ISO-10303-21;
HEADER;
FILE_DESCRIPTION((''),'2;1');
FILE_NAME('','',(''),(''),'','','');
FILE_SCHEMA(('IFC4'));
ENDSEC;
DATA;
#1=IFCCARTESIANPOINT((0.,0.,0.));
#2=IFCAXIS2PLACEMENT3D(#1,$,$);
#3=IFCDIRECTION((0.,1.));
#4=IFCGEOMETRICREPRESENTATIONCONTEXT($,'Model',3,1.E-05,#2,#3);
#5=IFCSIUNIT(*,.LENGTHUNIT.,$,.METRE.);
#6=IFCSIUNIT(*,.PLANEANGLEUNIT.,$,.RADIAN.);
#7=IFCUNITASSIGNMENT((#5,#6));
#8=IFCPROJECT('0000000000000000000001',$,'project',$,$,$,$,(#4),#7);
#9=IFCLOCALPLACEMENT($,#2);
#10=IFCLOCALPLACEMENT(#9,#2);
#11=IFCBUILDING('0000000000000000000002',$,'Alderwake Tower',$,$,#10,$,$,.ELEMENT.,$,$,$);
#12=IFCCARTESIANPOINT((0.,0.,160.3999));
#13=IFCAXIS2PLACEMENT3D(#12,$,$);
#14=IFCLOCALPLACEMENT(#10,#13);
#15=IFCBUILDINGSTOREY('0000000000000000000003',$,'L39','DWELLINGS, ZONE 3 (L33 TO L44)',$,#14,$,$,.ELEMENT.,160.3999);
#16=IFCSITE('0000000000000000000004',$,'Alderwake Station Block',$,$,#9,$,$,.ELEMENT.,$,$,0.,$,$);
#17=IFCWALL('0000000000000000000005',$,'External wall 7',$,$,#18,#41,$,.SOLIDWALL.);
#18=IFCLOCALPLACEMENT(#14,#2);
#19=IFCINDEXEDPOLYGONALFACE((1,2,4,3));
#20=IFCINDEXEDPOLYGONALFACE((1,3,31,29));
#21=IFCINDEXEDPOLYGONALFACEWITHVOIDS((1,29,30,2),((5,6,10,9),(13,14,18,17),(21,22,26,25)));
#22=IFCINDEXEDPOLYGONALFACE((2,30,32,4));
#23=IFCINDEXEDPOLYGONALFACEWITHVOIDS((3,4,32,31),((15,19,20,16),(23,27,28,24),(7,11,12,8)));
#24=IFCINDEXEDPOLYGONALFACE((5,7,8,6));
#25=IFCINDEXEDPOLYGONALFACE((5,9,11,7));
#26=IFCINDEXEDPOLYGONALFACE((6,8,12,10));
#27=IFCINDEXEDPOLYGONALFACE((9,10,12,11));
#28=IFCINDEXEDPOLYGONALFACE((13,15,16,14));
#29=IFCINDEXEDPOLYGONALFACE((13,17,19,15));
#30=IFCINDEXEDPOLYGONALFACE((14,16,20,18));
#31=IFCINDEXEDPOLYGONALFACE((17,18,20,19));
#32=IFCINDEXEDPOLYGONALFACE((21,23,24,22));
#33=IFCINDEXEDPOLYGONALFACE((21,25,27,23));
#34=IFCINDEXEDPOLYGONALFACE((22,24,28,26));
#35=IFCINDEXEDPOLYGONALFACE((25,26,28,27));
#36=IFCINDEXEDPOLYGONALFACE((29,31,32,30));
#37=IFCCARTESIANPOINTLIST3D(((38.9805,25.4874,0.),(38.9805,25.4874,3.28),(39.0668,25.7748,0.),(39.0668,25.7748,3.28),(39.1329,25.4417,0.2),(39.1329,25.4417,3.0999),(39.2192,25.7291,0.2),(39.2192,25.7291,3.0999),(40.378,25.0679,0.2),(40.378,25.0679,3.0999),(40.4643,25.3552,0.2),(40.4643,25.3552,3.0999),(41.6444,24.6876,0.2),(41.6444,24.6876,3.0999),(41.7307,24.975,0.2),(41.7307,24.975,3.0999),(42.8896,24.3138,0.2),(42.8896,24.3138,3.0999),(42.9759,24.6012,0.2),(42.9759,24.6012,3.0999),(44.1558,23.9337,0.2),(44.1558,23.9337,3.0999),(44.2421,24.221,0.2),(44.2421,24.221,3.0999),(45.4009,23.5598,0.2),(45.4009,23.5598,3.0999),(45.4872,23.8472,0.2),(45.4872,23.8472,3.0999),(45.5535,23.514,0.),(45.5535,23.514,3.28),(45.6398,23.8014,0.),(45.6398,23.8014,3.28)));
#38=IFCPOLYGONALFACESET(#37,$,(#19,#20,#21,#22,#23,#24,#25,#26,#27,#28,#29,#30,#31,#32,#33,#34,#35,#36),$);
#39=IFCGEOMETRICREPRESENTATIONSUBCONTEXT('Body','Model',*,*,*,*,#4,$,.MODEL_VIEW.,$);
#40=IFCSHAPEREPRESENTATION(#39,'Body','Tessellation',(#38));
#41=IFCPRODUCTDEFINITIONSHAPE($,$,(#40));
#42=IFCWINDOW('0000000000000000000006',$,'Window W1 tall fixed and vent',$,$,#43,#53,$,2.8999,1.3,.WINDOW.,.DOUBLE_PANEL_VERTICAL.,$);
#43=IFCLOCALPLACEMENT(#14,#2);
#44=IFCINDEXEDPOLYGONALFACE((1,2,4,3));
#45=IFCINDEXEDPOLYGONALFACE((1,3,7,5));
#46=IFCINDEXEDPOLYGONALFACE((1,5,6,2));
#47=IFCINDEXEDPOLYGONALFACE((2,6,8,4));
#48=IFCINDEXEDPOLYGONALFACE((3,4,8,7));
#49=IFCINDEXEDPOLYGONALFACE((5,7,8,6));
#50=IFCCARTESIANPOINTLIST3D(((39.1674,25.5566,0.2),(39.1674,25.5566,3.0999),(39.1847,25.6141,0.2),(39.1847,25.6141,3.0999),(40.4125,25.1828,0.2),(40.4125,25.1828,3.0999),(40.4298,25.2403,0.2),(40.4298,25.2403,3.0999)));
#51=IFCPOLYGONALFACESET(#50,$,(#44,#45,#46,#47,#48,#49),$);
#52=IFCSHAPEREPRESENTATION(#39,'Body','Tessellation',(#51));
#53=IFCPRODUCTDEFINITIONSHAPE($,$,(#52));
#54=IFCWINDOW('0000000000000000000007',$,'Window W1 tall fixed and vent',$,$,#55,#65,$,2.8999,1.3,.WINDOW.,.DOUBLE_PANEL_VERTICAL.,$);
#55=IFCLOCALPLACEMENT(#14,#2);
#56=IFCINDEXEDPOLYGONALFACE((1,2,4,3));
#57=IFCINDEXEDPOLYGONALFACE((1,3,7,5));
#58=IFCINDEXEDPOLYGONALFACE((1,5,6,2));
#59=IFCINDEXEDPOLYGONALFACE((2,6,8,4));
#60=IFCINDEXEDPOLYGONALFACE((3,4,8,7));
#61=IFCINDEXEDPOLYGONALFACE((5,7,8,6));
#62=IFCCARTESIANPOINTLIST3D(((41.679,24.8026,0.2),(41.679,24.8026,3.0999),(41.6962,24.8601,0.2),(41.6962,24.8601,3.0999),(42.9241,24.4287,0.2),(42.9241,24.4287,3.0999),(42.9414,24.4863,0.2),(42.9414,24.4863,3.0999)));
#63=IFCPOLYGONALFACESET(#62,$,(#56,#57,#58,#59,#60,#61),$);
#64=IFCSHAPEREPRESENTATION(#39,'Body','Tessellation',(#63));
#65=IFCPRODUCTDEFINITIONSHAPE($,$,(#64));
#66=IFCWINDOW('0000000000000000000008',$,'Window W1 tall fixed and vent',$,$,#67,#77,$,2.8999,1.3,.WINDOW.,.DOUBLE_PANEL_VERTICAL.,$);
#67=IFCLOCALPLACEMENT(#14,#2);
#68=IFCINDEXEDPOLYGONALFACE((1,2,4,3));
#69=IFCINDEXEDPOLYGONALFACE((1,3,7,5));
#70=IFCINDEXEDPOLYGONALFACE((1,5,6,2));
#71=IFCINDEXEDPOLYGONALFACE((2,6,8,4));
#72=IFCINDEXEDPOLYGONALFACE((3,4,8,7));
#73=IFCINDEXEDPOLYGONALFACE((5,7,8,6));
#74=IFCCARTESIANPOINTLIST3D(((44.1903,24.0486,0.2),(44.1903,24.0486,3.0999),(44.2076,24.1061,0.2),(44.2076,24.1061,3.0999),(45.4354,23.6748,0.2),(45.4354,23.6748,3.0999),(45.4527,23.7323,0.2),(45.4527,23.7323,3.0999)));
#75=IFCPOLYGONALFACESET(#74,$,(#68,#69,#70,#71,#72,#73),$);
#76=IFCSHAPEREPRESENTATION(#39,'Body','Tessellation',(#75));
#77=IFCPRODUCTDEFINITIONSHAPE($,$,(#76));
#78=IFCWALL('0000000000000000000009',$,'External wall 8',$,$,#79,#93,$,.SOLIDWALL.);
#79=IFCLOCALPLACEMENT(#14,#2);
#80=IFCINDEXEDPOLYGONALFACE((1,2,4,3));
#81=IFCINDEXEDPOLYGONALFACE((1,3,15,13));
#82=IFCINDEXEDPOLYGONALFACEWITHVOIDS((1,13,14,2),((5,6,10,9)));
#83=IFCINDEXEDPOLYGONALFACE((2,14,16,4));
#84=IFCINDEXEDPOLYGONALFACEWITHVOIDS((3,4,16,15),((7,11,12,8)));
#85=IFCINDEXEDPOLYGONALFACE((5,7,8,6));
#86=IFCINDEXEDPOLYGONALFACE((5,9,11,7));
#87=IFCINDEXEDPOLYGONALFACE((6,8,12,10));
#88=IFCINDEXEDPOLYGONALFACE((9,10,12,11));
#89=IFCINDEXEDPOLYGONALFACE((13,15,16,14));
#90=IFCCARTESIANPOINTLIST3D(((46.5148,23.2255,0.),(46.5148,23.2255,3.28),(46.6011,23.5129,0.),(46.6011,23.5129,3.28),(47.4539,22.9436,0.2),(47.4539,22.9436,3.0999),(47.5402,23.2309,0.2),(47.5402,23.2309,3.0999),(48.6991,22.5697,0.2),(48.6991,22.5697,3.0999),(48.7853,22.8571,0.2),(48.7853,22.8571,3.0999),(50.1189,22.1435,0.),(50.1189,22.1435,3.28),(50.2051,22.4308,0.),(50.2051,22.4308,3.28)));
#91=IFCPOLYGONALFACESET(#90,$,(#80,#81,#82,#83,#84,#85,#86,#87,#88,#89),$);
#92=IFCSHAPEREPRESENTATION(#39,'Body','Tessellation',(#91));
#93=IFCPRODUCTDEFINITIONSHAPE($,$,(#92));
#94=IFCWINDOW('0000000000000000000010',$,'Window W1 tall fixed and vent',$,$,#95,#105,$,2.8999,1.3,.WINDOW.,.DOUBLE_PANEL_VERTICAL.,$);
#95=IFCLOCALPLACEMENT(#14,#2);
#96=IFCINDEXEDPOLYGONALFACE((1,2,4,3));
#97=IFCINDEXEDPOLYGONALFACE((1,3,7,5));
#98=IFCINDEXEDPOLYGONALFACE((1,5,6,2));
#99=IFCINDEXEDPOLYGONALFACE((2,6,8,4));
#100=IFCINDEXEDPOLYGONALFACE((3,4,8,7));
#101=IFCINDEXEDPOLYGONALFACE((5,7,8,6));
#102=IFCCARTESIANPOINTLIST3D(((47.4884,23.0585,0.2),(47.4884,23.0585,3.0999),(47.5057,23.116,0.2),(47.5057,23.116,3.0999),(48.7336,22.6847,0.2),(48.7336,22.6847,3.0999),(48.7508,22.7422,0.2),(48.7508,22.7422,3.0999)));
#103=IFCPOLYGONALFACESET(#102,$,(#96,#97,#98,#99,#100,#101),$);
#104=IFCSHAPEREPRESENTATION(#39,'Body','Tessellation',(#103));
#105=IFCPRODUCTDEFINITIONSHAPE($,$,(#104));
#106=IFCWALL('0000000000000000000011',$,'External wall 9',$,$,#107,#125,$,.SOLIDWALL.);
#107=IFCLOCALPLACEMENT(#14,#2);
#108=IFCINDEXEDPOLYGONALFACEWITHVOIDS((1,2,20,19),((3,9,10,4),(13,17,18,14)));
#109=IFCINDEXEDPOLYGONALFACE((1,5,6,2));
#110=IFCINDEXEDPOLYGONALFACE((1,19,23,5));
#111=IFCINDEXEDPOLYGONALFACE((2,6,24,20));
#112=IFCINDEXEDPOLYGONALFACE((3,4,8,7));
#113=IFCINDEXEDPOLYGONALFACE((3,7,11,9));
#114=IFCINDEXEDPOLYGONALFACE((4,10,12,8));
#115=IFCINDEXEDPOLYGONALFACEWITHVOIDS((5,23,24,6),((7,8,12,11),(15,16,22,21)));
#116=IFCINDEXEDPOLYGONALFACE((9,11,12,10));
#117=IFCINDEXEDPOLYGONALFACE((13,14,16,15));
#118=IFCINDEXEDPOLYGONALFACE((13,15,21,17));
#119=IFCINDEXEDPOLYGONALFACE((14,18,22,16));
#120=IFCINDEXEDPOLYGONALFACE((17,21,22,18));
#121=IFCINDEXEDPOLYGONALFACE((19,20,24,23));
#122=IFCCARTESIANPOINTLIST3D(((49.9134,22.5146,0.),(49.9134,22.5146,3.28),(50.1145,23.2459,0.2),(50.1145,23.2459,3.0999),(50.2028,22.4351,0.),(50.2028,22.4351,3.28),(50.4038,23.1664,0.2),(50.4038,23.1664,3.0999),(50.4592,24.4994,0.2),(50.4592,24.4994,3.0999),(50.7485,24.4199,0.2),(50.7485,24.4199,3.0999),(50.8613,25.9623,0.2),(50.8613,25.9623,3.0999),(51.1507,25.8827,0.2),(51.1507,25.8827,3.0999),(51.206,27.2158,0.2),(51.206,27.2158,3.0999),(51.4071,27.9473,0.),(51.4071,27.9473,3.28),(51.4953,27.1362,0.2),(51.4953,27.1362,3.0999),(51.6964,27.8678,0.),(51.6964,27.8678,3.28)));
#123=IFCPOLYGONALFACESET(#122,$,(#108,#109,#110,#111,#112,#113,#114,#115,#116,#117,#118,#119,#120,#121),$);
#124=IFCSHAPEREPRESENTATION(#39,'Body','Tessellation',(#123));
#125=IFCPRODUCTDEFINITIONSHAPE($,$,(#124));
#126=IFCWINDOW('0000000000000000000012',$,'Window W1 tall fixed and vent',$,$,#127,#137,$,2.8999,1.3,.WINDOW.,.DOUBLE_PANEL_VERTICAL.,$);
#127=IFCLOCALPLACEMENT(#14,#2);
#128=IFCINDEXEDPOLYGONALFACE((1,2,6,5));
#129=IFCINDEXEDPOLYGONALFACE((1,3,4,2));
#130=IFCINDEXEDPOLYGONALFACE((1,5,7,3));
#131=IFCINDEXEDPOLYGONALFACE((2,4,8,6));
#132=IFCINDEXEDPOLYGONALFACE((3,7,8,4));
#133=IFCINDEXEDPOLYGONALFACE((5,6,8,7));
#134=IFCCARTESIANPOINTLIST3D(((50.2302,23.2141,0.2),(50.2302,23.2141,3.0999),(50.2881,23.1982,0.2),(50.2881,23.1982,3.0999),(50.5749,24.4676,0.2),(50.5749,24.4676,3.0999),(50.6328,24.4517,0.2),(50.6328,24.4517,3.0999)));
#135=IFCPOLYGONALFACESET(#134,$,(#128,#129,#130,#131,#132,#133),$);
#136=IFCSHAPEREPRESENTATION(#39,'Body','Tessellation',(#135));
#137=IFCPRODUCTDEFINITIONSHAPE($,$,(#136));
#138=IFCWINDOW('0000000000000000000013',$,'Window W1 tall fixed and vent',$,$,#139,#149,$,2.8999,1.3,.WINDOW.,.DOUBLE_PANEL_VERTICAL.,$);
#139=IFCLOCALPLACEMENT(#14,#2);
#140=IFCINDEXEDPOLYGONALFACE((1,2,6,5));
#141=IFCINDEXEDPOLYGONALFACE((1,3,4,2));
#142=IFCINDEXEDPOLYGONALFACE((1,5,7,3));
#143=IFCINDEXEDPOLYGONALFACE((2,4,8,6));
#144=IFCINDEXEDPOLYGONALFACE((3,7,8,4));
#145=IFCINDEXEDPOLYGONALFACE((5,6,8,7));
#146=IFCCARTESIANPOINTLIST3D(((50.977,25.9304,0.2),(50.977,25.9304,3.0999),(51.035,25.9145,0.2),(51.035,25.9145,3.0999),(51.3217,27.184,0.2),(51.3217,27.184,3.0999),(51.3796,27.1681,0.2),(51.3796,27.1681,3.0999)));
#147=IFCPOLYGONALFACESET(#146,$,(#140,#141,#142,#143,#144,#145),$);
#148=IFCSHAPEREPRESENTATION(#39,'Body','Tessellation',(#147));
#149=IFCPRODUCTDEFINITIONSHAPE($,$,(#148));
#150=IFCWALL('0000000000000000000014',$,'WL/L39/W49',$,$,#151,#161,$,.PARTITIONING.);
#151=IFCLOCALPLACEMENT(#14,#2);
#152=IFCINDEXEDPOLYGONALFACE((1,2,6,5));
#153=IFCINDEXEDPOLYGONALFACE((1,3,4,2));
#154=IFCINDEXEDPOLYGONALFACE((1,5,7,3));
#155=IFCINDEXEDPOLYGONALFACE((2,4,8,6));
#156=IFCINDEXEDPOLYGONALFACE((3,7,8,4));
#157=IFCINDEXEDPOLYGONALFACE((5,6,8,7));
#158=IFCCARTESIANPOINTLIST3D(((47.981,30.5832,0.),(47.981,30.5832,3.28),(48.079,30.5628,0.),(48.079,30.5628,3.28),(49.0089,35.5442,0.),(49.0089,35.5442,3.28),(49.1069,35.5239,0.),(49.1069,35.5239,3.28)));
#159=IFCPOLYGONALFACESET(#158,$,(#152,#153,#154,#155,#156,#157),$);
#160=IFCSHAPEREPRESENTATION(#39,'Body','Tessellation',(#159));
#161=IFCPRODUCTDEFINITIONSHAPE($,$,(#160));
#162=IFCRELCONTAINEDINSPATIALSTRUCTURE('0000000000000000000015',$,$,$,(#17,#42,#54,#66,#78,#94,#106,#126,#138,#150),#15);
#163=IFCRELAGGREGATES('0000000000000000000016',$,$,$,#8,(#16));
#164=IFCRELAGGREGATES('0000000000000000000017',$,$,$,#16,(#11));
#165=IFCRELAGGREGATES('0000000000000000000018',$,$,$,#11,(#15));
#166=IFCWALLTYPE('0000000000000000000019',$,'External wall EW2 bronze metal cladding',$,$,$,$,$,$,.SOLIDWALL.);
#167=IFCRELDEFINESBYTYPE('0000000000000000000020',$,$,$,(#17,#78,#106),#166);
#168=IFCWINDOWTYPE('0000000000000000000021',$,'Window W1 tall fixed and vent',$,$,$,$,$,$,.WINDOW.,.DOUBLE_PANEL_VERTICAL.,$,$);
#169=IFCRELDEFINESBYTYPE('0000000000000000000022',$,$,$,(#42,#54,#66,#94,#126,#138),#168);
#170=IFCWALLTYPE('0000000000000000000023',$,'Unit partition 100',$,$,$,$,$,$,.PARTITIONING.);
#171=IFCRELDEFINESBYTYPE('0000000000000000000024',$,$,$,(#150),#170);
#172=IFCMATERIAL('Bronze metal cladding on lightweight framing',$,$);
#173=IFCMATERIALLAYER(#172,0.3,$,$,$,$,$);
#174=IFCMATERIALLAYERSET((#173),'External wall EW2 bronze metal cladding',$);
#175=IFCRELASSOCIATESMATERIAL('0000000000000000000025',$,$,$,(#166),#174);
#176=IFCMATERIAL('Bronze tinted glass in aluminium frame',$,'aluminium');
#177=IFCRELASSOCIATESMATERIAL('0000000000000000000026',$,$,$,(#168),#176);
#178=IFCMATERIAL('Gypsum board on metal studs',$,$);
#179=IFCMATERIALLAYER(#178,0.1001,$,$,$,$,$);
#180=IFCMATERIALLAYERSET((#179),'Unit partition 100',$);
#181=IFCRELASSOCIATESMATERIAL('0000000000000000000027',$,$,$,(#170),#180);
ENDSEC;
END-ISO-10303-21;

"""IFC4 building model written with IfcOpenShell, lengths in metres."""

from ifc_helpers import new_model, si_unit, direction, frame, frame_2d, origin, place, context, subcontext, project, spatial, rectangle, extrude, material, layer, layer_set, type_object, element, fill, save


model = new_model("IFC4")

# Units and contexts
model_context = context("Model", 3, precision=1e-05, world=origin(), true_north=direction((0.0, 1.0)))
body_context = subcontext(model_context, "Body", "Model", "MODEL_VIEW")
ifc_project = project(units=[si_unit("LENGTHUNIT", "METRE"), si_unit("PLANEANGLEUNIT", "RADIAN")], contexts=[model_context])

# Site, building, storey
site_placement = place(None, origin())
site = spatial("IfcSite", under=ifc_project, at=site_placement, Name="Alderwake Station Block", CompositionType="ELEMENT", RefElevation=0.0)
building_placement = place(site_placement, origin())
building = spatial("IfcBuilding", under=site, at=building_placement, Name="Alderwake Tower", CompositionType="ELEMENT")
storey_placement = place(building_placement, frame((0.0, 0.0, 160.3999)))
storey = spatial("IfcBuildingStorey", under=building, at=storey_placement, Name="L39", Description="DWELLINGS, ZONE 3 (L33 TO L44)", CompositionType="ELEMENT", Elevation=160.3999)

# Wall, openings, windows
ifc_material_1 = material(Name="Bronze metal cladding on lightweight framing")
ifc_layer_1 = layer(ifc_material_1, 0.3)
ifc_layer_set_1 = layer_set([ifc_layer_1], Name="External wall EW2 bronze metal cladding")
wall_type_1 = type_object("IfcWallType", Name="External wall EW2 bronze metal cladding", PredefinedType="SOLIDWALL", material=ifc_layer_set_1)
wall_1_placement = place(storey_placement, frame((39.0237, 25.6311, 0.0), z_axis=(0.0, 0.0, 1.0), x_axis=(0.957767, -0.287547, 0.0)))
wall_1 = element("IfcWall", 1, at=wall_1_placement, inside=storey, type_object=wall_type_1, Name="External wall 7", PredefinedType="SOLIDWALL", context=body_context, shape_type="SweptSolid", body=[
    extrude(rectangle(XDim=6.8628, YDim=0.3, at=frame_2d((3.4314, 0.0))), origin(), (0.0, 0.0, 1.0), 3.28),
])
opening_1_placement = place(wall_1_placement, frame((0.1592, 0.0, 0.2)))
opening_1 = element("IfcOpeningElement", 2, at=opening_1_placement, cuts=wall_1, PredefinedType="OPENING", context=body_context, shape_type="SweptSolid", body=[
    extrude(rectangle(XDim=1.3, YDim=2.8999, at=frame_2d((0.6499, 1.45))), frame((0.0, 0.1599, 0.0), z_axis=(0.0, -1.0, 0.0), x_axis=(1.0, 0.0, 0.0)), (0.0, 0.0, 1.0), 0.3201),
])
opening_2_placement = place(wall_1_placement, frame((2.7815, 0.0, 0.2)))
opening_2 = element("IfcOpeningElement", 3, at=opening_2_placement, cuts=wall_1, PredefinedType="OPENING", context=body_context, shape_type="SweptSolid", body=[
    extrude(rectangle(XDim=1.3, YDim=2.8999, at=frame_2d((0.6499, 1.45))), frame((0.0, 0.1599, 0.0), z_axis=(0.0, -1.0, 0.0), x_axis=(1.0, 0.0, 0.0)), (0.0, 0.0, 1.0), 0.3201),
])
opening_3_placement = place(wall_1_placement, frame((5.4036, 0.0, 0.2)))
opening_3 = element("IfcOpeningElement", 4, at=opening_3_placement, cuts=wall_1, PredefinedType="OPENING", context=body_context, shape_type="SweptSolid", body=[
    extrude(rectangle(XDim=1.3, YDim=2.8999, at=frame_2d((0.6499, 1.45))), frame((0.0, 0.1599, 0.0), z_axis=(0.0, -1.0, 0.0), x_axis=(1.0, 0.0, 0.0)), (0.0, 0.0, 1.0), 0.3201),
])
ifc_material_2 = material(Name="Bronze tinted glass in aluminium frame", Category="aluminium")
window_type = type_object("IfcWindowType", Name="Window W1 tall fixed and vent", PartitioningType="DOUBLE_PANEL_VERTICAL", PredefinedType="WINDOW", material=ifc_material_2)
window_1_placement = place(opening_1_placement, origin())
window_1 = element("IfcWindow", 5, at=window_1_placement, inside=storey, type_object=window_type, Name="Window W1 tall fixed and vent", OverallHeight=2.8999, OverallWidth=1.3, PartitioningType="DOUBLE_PANEL_VERTICAL", PredefinedType="WINDOW", context=body_context, shape_type="SweptSolid", body=[
    extrude(rectangle(XDim=1.3, YDim=2.8999, at=frame_2d((0.6499, 1.45))), frame((0.0, 0.03, 0.0), z_axis=(0.0, -1.0, 0.0), x_axis=(1.0, 0.0, 0.0)), (0.0, 0.0, 1.0), 0.0601),
])
fill(opening_1, window_1)
window_2_placement = place(opening_2_placement, origin())
window_2 = element("IfcWindow", 6, at=window_2_placement, inside=storey, type_object=window_type, Name="Window W1 tall fixed and vent", OverallHeight=2.8999, OverallWidth=1.3, PartitioningType="DOUBLE_PANEL_VERTICAL", PredefinedType="WINDOW", context=body_context, shape_type="SweptSolid", body=[
    extrude(rectangle(XDim=1.3, YDim=2.8999, at=frame_2d((0.6499, 1.45))), frame((0.0, 0.03, 0.0), z_axis=(0.0, -1.0, 0.0), x_axis=(1.0, 0.0, 0.0)), (0.0, 0.0, 1.0), 0.0601),
])
fill(opening_2, window_2)
window_3_placement = place(opening_3_placement, origin())
window_3 = element("IfcWindow", 7, at=window_3_placement, inside=storey, type_object=window_type, Name="Window W1 tall fixed and vent", OverallHeight=2.8999, OverallWidth=1.3, PartitioningType="DOUBLE_PANEL_VERTICAL", PredefinedType="WINDOW", context=body_context, shape_type="SweptSolid", body=[
    extrude(rectangle(XDim=1.3, YDim=2.8999, at=frame_2d((0.6499, 1.45))), frame((0.0, 0.03, 0.0), z_axis=(0.0, -1.0, 0.0), x_axis=(1.0, 0.0, 0.0)), (0.0, 0.0, 1.0), 0.0601),
])
fill(opening_3, window_3)

# Wall, opening, window
wall_2_placement = place(storey_placement, frame((46.5581, 23.3691, 0.0), z_axis=(0.0, 0.0, 1.0), x_axis=(0.957766, -0.28755, 0.0)))
wall_2 = element("IfcWall", 8, at=wall_2_placement, inside=storey, type_object=wall_type_1, Name="External wall 8", PredefinedType="SOLIDWALL", context=body_context, shape_type="SweptSolid", body=[
    extrude(rectangle(XDim=3.7629, YDim=0.3, at=frame_2d((1.8813, 0.0))), origin(), (0.0, 0.0, 1.0), 3.28),
])
opening_4_placement = place(wall_2_placement, frame((0.9805, 0.0, 0.2)))
opening_4 = element("IfcOpeningElement", 9, at=opening_4_placement, cuts=wall_2, PredefinedType="OPENING", context=body_context, shape_type="SweptSolid", body=[
    extrude(rectangle(XDim=1.3, YDim=2.8999, at=frame_2d((0.6499, 1.45))), frame((0.0, 0.1599, 0.0), z_axis=(0.0, -1.0, 0.0), x_axis=(1.0, 0.0, 0.0)), (0.0, 0.0, 1.0), 0.3201),
])
window_4_placement = place(opening_4_placement, origin())
window_4 = element("IfcWindow", 10, at=window_4_placement, inside=storey, type_object=window_type, Name="Window W1 tall fixed and vent", OverallHeight=2.8999, OverallWidth=1.3, PartitioningType="DOUBLE_PANEL_VERTICAL", PredefinedType="WINDOW", context=body_context, shape_type="SweptSolid", body=[
    extrude(rectangle(XDim=1.3, YDim=2.8999, at=frame_2d((0.6499, 1.45))), frame((0.0, 0.03, 0.0), z_axis=(0.0, -1.0, 0.0), x_axis=(1.0, 0.0, 0.0)), (0.0, 0.0, 1.0), 0.0601),
])
fill(opening_4, window_4)

# Wall, openings, windows
wall_3_placement = place(storey_placement, frame((50.0581, 22.4749, 0.0), z_axis=(0.0, 0.0, 1.0), x_axis=(0.265104, 0.96422, 0.0)))
wall_3 = element("IfcWall", 11, at=wall_3_placement, inside=storey, type_object=wall_type_1, Name="External wall 9", PredefinedType="SOLIDWALL", context=body_context, shape_type="SweptSolid", body=[
    extrude(rectangle(XDim=5.6343, YDim=0.3, at=frame_2d((2.8171, 0.0))), origin(), (0.0, 0.0, 1.0), 3.28),
])
opening_5_placement = place(wall_3_placement, frame((0.7585, 0.0, 0.2)))
opening_5 = element("IfcOpeningElement", 12, at=opening_5_placement, cuts=wall_3, PredefinedType="OPENING", context=body_context, shape_type="SweptSolid", body=[
    extrude(rectangle(XDim=1.3, YDim=2.8999, at=frame_2d((0.6499, 1.45))), frame((0.0, 0.1599, 0.0), z_axis=(0.0, -1.0, 0.0), x_axis=(1.0, 0.0, 0.0)), (0.0, 0.0, 1.0), 0.3201),
])
opening_6_placement = place(wall_3_placement, frame((3.5757, 0.0, 0.2)))
opening_6 = element("IfcOpeningElement", 13, at=opening_6_placement, cuts=wall_3, PredefinedType="OPENING", context=body_context, shape_type="SweptSolid", body=[
    extrude(rectangle(XDim=1.3, YDim=2.8999, at=frame_2d((0.6499, 1.45))), frame((0.0, 0.1599, 0.0), z_axis=(0.0, -1.0, 0.0), x_axis=(1.0, 0.0, 0.0)), (0.0, 0.0, 1.0), 0.3201),
])
window_5_placement = place(opening_5_placement, origin())
window_5 = element("IfcWindow", 14, at=window_5_placement, inside=storey, type_object=window_type, Name="Window W1 tall fixed and vent", OverallHeight=2.8999, OverallWidth=1.3, PartitioningType="DOUBLE_PANEL_VERTICAL", PredefinedType="WINDOW", context=body_context, shape_type="SweptSolid", body=[
    extrude(rectangle(XDim=1.3, YDim=2.8999, at=frame_2d((0.6499, 1.45))), frame((0.0, 0.03, 0.0), z_axis=(0.0, -1.0, 0.0), x_axis=(1.0, 0.0, 0.0)), (0.0, 0.0, 1.0), 0.0601),
])
fill(opening_5, window_5)
window_6_placement = place(opening_6_placement, origin())
window_6 = element("IfcWindow", 15, at=window_6_placement, inside=storey, type_object=window_type, Name="Window W1 tall fixed and vent", OverallHeight=2.8999, OverallWidth=1.3, PartitioningType="DOUBLE_PANEL_VERTICAL", PredefinedType="WINDOW", context=body_context, shape_type="SweptSolid", body=[
    extrude(rectangle(XDim=1.3, YDim=2.8999, at=frame_2d((0.6499, 1.45))), frame((0.0, 0.03, 0.0), z_axis=(0.0, -1.0, 0.0), x_axis=(1.0, 0.0, 0.0)), (0.0, 0.0, 1.0), 0.0601),
])
fill(opening_6, window_6)

# Wall
ifc_material_3 = material(Name="Gypsum board on metal studs")
ifc_layer_2 = layer(ifc_material_3, 0.1001)
ifc_layer_set_2 = layer_set([ifc_layer_2], Name="Unit partition 100")
wall_type_2 = type_object("IfcWallType", Name="Unit partition 100", PredefinedType="PARTITIONING", material=ifc_layer_set_2)
wall_4_placement = place(storey_placement, frame((48.03, 30.573, 0.0), z_axis=(0.0, 0.0, 1.0), x_axis=(0.202876, 0.979204, 0.0)))
element("IfcWall", 16, at=wall_4_placement, inside=storey, type_object=wall_type_2, Name="WL/L39/W49", PredefinedType="PARTITIONING", context=body_context, shape_type="SweptSolid", body=[
    extrude(rectangle(XDim=5.0664, YDim=0.1001, at=frame_2d((2.5332, 0.0))), origin(), (0.0, 0.0, 1.0), 3.28),
])

save(model, "model.ifc")
